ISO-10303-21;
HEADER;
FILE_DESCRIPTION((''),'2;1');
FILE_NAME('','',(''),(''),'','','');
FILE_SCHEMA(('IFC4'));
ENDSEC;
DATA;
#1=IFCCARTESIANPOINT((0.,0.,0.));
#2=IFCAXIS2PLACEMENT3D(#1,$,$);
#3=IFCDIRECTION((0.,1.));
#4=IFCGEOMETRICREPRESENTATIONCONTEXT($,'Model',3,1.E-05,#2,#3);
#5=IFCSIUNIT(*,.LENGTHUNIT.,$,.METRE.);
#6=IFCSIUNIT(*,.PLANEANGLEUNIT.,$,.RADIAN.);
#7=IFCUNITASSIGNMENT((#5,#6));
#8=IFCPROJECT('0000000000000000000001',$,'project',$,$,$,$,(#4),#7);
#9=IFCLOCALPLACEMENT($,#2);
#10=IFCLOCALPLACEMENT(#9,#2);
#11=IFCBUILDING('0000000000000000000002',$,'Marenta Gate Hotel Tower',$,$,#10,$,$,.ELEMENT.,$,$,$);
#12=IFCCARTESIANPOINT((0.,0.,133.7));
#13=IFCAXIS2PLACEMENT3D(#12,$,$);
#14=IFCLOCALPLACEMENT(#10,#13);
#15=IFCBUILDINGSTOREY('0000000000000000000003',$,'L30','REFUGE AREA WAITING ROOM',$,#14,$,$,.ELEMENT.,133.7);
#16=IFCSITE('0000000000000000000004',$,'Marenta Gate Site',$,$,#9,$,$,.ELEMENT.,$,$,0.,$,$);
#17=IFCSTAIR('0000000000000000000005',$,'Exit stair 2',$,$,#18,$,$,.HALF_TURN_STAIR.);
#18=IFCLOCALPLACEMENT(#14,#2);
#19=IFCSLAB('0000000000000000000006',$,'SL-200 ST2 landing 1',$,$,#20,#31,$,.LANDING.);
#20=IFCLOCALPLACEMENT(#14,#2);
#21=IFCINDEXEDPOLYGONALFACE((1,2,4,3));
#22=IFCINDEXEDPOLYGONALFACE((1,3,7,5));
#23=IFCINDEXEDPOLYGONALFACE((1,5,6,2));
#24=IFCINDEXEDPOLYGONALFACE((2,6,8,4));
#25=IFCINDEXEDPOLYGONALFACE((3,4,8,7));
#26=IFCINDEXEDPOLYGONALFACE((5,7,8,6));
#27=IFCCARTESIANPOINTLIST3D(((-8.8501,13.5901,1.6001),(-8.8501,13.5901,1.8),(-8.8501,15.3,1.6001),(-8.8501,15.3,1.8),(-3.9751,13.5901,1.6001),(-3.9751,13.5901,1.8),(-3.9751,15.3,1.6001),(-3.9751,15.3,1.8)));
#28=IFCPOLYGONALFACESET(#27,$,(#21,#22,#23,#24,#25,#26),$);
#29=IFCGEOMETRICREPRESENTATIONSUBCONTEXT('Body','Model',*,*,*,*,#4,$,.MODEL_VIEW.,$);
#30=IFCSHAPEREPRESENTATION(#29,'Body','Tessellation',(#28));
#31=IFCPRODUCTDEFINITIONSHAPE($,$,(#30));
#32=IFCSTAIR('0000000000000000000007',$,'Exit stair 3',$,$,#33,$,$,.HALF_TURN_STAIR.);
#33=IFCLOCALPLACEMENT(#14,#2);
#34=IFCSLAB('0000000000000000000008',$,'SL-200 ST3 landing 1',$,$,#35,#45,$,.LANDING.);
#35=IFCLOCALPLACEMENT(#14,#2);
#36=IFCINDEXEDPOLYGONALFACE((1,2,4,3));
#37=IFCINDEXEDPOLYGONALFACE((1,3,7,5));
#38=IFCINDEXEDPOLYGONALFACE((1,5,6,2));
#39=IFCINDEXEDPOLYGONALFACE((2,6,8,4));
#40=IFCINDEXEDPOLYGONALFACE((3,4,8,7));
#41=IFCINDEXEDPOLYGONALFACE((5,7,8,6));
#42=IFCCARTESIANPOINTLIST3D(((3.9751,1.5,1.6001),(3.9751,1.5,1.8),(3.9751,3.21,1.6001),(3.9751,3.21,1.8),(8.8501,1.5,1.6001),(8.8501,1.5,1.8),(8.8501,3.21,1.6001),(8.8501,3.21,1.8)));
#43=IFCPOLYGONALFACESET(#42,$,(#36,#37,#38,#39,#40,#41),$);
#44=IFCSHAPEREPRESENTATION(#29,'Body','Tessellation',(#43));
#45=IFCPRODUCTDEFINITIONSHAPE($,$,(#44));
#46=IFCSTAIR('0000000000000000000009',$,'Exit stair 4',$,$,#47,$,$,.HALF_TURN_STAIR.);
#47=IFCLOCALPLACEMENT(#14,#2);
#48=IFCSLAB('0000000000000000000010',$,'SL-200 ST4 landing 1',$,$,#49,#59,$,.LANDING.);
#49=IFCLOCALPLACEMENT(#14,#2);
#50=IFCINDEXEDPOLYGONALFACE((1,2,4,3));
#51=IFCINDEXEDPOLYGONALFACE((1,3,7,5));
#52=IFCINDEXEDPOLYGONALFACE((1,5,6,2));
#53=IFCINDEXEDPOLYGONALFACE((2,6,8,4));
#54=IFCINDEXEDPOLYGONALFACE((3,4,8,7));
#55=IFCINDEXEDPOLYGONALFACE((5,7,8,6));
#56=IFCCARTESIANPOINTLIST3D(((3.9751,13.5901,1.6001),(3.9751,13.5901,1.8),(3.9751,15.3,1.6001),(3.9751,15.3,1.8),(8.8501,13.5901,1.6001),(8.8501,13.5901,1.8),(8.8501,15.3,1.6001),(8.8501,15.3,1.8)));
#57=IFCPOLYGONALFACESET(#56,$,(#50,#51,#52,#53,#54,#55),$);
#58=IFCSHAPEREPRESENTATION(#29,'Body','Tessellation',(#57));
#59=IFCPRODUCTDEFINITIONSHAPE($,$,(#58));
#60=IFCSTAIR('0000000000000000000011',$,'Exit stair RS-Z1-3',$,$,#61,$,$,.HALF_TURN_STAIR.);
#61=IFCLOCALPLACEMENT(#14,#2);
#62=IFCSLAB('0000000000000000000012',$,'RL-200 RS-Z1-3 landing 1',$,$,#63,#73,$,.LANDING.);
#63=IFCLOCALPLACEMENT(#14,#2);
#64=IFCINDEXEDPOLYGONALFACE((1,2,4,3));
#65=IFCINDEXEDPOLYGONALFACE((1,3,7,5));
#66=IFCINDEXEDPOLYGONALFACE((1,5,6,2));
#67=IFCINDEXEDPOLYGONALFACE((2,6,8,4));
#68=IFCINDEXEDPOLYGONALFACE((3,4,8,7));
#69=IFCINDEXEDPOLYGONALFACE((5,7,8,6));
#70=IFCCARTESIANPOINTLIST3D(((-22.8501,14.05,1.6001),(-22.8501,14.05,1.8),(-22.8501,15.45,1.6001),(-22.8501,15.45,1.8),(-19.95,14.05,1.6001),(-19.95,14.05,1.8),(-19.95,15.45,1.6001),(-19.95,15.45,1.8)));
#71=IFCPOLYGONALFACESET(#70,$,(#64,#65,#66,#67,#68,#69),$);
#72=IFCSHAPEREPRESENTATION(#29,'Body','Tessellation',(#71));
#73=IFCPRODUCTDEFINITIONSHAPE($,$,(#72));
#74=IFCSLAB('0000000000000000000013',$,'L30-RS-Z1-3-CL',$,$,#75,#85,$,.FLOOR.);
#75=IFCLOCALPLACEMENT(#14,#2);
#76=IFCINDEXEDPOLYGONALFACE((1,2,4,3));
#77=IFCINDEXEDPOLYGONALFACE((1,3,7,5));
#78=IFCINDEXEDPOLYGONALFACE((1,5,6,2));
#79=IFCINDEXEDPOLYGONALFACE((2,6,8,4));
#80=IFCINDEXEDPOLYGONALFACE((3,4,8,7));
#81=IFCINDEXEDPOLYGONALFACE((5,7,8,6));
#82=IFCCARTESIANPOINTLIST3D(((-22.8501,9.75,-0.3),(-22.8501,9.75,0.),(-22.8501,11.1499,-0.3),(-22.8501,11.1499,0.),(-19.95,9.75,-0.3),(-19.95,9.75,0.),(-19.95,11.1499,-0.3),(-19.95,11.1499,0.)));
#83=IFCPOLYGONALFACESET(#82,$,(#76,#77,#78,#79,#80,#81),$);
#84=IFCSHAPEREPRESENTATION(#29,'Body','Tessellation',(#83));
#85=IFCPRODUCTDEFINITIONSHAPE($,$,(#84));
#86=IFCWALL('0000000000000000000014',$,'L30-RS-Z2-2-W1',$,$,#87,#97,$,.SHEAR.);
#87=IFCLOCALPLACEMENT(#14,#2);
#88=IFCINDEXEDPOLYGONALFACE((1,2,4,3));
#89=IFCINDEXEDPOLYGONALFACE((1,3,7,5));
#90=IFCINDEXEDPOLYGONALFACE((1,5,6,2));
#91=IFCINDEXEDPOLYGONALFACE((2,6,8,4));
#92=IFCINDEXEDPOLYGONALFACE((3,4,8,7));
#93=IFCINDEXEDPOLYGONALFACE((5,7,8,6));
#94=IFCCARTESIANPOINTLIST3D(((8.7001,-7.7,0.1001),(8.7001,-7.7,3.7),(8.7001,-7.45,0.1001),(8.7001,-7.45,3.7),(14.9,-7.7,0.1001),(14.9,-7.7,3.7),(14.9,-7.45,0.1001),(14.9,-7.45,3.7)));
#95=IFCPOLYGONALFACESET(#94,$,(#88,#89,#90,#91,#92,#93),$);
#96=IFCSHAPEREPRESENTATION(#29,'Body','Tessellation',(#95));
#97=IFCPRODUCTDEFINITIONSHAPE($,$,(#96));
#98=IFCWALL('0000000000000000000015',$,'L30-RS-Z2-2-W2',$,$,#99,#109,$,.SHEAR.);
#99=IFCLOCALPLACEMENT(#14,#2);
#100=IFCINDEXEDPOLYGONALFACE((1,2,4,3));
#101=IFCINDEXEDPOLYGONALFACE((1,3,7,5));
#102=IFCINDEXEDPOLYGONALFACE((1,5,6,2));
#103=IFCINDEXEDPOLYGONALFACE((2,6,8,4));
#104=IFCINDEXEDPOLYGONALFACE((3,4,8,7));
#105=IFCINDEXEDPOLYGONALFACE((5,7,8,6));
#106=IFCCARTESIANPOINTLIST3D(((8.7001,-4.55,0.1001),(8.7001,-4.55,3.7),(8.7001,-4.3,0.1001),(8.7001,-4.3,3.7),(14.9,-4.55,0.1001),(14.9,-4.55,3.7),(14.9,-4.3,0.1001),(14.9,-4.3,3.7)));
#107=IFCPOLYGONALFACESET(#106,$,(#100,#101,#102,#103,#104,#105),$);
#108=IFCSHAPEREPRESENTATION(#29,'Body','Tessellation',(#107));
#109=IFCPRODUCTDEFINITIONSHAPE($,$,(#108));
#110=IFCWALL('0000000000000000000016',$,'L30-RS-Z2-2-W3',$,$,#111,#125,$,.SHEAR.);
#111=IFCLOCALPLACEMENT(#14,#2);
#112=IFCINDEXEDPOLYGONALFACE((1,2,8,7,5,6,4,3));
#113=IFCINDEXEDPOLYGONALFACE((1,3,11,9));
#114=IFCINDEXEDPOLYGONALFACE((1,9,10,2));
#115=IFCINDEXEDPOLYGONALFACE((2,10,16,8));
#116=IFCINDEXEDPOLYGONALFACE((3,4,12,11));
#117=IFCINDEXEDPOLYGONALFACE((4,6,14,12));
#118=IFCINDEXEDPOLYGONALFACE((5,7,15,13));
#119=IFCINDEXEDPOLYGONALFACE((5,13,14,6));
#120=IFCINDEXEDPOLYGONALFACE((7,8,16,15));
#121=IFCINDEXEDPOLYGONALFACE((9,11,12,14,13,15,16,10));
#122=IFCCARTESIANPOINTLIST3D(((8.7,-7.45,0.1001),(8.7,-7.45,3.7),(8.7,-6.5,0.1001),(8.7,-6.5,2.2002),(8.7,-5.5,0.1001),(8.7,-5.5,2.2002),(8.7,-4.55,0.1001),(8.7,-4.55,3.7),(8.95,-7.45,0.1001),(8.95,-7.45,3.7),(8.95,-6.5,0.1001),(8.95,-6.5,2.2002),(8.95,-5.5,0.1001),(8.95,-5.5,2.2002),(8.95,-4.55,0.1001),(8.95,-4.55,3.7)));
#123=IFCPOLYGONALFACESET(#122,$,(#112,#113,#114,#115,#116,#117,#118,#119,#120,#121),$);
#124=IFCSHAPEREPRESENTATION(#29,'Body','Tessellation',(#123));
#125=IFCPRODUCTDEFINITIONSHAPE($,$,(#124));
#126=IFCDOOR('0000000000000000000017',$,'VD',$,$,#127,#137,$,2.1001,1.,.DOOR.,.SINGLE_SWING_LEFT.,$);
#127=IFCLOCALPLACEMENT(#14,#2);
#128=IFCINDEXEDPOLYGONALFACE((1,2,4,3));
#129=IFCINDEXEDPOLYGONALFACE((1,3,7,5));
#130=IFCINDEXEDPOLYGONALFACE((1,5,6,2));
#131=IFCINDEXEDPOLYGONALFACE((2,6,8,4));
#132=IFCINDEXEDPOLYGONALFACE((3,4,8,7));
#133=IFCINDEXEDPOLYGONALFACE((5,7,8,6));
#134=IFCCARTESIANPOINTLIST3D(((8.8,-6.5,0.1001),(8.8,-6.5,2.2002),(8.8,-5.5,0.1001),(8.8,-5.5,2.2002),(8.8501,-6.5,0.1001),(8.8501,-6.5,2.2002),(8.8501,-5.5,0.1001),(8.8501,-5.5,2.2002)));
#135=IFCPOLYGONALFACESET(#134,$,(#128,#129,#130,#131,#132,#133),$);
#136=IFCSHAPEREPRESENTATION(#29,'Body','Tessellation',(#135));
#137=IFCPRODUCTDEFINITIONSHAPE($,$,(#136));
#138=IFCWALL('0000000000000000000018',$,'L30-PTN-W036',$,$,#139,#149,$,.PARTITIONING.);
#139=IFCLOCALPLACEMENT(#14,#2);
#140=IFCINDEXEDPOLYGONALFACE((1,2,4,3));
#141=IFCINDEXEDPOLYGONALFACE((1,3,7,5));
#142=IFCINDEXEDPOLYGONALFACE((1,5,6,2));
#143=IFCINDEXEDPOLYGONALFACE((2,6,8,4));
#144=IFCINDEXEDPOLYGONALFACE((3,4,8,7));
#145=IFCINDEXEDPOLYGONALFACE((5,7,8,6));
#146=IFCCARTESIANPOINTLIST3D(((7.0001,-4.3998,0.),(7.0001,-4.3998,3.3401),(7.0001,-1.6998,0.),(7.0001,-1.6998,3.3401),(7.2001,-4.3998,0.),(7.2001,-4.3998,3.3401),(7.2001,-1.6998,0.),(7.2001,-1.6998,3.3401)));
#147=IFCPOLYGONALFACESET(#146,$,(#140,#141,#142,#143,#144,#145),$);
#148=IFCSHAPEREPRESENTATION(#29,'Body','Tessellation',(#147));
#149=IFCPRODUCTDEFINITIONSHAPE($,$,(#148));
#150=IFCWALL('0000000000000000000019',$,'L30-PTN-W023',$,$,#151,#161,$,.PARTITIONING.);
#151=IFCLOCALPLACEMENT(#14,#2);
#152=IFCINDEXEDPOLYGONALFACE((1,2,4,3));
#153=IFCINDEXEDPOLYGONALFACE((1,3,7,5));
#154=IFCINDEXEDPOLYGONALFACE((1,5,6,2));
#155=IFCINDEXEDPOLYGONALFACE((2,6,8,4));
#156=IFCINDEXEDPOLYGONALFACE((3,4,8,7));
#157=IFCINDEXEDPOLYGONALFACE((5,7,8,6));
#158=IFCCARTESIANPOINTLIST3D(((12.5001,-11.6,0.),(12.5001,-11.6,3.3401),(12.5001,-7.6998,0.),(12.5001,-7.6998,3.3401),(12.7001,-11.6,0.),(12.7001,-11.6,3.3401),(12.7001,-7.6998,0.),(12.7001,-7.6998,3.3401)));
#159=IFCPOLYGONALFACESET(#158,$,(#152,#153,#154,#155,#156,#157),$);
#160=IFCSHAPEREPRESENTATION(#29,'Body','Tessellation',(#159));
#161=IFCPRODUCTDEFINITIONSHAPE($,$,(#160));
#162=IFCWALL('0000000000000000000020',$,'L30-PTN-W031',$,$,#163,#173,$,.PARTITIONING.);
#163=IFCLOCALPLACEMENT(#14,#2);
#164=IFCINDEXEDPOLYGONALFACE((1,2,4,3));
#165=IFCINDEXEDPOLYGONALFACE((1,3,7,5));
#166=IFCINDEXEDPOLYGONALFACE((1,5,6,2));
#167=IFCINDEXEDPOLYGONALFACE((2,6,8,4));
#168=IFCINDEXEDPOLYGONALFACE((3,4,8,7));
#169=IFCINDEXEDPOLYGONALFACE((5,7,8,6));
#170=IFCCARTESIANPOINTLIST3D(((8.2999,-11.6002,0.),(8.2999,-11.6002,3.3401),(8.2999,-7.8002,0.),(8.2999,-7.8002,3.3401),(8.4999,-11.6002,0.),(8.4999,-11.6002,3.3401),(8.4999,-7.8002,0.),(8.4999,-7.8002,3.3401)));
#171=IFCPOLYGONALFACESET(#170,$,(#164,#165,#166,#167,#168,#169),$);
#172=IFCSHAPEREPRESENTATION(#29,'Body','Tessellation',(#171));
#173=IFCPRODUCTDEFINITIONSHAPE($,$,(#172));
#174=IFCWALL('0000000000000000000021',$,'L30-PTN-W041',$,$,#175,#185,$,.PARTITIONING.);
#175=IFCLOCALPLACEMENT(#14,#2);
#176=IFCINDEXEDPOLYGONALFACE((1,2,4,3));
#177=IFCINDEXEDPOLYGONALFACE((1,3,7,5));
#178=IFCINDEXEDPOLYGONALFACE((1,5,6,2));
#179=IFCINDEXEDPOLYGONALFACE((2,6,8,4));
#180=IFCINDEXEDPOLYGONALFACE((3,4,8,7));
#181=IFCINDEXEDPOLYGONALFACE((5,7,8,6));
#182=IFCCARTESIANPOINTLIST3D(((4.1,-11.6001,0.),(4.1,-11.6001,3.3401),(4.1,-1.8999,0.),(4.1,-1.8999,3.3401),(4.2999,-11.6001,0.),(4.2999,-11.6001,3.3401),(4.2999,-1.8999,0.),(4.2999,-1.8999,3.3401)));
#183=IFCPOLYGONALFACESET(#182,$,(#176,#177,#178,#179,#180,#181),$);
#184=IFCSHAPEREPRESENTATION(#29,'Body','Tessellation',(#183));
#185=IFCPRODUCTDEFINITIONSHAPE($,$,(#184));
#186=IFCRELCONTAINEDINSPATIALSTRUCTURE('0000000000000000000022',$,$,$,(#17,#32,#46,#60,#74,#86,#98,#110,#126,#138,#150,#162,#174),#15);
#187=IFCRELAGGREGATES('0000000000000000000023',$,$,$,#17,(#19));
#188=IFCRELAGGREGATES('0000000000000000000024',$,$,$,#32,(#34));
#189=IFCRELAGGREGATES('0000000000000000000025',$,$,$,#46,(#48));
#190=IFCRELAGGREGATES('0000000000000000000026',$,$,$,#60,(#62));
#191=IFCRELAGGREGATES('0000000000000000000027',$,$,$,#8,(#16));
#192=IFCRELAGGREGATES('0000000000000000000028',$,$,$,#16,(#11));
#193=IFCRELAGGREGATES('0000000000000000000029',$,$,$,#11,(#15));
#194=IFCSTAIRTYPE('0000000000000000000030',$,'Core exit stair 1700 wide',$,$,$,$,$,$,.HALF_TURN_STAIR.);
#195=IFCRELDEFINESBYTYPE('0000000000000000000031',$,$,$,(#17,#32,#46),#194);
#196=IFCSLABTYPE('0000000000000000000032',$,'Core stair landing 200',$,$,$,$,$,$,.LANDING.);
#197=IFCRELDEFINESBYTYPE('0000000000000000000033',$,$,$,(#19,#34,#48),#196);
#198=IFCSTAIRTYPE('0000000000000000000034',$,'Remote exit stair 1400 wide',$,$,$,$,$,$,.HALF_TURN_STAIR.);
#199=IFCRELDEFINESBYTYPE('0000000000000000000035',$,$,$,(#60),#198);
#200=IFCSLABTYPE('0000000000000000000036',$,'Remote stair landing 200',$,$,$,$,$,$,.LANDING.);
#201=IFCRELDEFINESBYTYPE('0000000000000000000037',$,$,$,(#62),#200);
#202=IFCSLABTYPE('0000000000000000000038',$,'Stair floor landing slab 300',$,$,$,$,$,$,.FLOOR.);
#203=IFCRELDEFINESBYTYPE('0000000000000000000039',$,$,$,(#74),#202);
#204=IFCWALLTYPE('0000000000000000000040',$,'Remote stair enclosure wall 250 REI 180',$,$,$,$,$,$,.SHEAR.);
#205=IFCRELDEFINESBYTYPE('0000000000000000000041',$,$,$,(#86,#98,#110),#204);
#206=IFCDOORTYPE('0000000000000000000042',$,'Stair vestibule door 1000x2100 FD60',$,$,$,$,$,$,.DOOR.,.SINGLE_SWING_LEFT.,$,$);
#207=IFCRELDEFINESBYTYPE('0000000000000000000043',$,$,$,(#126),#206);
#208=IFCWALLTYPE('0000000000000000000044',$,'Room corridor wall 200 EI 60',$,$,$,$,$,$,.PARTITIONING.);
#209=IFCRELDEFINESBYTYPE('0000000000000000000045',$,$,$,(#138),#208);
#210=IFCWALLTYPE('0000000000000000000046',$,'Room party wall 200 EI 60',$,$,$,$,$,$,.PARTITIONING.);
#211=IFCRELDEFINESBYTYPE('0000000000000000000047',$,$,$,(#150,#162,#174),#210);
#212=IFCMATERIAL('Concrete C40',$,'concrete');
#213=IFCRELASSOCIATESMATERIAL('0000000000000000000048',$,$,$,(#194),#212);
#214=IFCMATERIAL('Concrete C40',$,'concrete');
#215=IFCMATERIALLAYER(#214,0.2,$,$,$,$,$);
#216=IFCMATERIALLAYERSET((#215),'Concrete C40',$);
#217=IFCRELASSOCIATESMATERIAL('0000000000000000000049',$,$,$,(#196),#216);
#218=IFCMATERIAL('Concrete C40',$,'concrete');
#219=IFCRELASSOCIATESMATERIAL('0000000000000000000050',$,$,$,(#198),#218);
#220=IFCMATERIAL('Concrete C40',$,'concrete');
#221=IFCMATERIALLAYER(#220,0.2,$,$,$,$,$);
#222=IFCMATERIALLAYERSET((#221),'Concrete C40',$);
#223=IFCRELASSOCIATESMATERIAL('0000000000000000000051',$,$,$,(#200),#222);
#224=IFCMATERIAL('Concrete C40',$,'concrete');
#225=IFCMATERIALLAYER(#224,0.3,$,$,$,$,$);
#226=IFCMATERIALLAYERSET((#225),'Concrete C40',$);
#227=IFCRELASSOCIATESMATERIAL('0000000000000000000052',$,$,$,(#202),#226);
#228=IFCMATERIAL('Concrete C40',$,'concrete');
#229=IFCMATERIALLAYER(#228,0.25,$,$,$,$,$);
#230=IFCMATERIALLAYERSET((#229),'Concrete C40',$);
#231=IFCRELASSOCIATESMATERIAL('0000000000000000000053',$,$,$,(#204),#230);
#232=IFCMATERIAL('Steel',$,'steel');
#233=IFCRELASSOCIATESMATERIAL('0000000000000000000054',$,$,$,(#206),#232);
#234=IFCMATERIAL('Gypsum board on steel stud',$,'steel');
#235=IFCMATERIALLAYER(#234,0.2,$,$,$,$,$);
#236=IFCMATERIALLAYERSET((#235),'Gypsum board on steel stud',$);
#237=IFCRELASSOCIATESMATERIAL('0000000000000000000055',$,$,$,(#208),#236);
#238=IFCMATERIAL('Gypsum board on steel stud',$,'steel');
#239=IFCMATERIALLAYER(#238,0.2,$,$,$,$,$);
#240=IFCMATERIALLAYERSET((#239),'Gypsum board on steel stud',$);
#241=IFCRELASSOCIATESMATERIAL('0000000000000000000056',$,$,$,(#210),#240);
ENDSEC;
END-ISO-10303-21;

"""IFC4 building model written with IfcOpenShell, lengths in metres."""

from ifc_helpers import new_model, si_unit, direction, frame, frame_2d, origin, place, context, subcontext, project, spatial, polyline, rectangle, outline, extrude, material, layer, layer_set, type_object, element, fill, aggregate, save


model = new_model("IFC4")

# Units and contexts
model_context = context("Model", 3, precision=1e-05, world=origin(), true_north=direction((0.0, 1.0)))
body_context = subcontext(model_context, "Body", "Model", "MODEL_VIEW")
ifc_project = project(units=[si_unit("LENGTHUNIT", "METRE"), si_unit("PLANEANGLEUNIT", "RADIAN")], contexts=[model_context])

# Site, building, storey
site_placement = place(None, origin())
site = spatial("IfcSite", under=ifc_project, at=site_placement, Name="Marenta Gate Site", CompositionType="ELEMENT", RefElevation=0.0)
building_placement = place(site_placement, origin())
building = spatial("IfcBuilding", under=site, at=building_placement, Name="Marenta Gate Hotel Tower", CompositionType="ELEMENT")
storey_placement = place(building_placement, frame((0.0, 0.0, 133.7)))
storey = spatial("IfcBuildingStorey", under=building, at=storey_placement, Name="L30", Description="REFUGE AREA WAITING ROOM", CompositionType="ELEMENT", Elevation=133.7)

# Stairs, slabs
ifc_material_1 = material(Name="Concrete C40", Category="concrete")
stair_type_1 = type_object("IfcStairType", Name="Core exit stair 1700 wide", PredefinedType="HALF_TURN_STAIR", material=ifc_material_1)
ifc_material_2 = material(Name="Concrete C40", Category="concrete")
ifc_layer_1 = layer(ifc_material_2, 0.2)
ifc_layer_set_1 = layer_set([ifc_layer_1], Name="Concrete C40")
slab_type_1 = type_object("IfcSlabType", Name="Core stair landing 200", PredefinedType="LANDING", material=ifc_layer_set_1)
stair_1_placement = place(storey_placement, origin())
stair_1 = element("IfcStair", 1, at=stair_1_placement, inside=storey, type_object=stair_type_1, Name="Exit stair 2", PredefinedType="HALF_TURN_STAIR")
slab_1_placement = place(storey_placement, frame((0.0, 0.0, 1.6001)))
slab_1 = element("IfcSlab", 2, at=slab_1_placement, type_object=slab_type_1, Name="SL-200 ST2 landing 1", PredefinedType="LANDING", context=body_context, shape_type="SweptSolid", body=[
    extrude(outline(polyline([(-8.8501, 13.5901), (-3.9751, 13.5901), (-3.9751, 15.3), (-8.8501, 15.3), (-8.8501, 13.5901)])), origin(), (0.0, 0.0, 1.0), 0.2),
])
aggregate(stair_1, [slab_1])
stair_2_placement = place(storey_placement, origin())
stair_2 = element("IfcStair", 3, at=stair_2_placement, inside=storey, type_object=stair_type_1, Name="Exit stair 3", PredefinedType="HALF_TURN_STAIR")
slab_2_placement = place(storey_placement, frame((0.0, 0.0, 1.6001)))
slab_2 = element("IfcSlab", 4, at=slab_2_placement, type_object=slab_type_1, Name="SL-200 ST3 landing 1", PredefinedType="LANDING", context=body_context, shape_type="SweptSolid", body=[
    extrude(outline(polyline([(3.9751, 1.5), (8.8501, 1.5), (8.8501, 3.21), (3.9751, 3.21), (3.9751, 1.5)])), origin(), (0.0, 0.0, 1.0), 0.2),
])
aggregate(stair_2, [slab_2])
stair_3_placement = place(storey_placement, origin())
stair_3 = element("IfcStair", 5, at=stair_3_placement, inside=storey, type_object=stair_type_1, Name="Exit stair 4", PredefinedType="HALF_TURN_STAIR")
slab_3_placement = place(storey_placement, frame((0.0, 0.0, 1.6001)))
slab_3 = element("IfcSlab", 6, at=slab_3_placement, type_object=slab_type_1, Name="SL-200 ST4 landing 1", PredefinedType="LANDING", context=body_context, shape_type="SweptSolid", body=[
    extrude(outline(polyline([(3.9751, 13.5901), (8.8501, 13.5901), (8.8501, 15.3), (3.9751, 15.3), (3.9751, 13.5901)])), origin(), (0.0, 0.0, 1.0), 0.2),
])
aggregate(stair_3, [slab_3])
ifc_material_3 = material(Name="Concrete C40", Category="concrete")
stair_type_2 = type_object("IfcStairType", Name="Remote exit stair 1400 wide", PredefinedType="HALF_TURN_STAIR", material=ifc_material_3)
stair_4_placement = place(storey_placement, origin())
stair_4 = element("IfcStair", 7, at=stair_4_placement, inside=storey, type_object=stair_type_2, Name="Exit stair RS-Z1-3", PredefinedType="HALF_TURN_STAIR")
ifc_material_4 = material(Name="Concrete C40", Category="concrete")
ifc_layer_2 = layer(ifc_material_4, 0.2)
ifc_layer_set_2 = layer_set([ifc_layer_2], Name="Concrete C40")
slab_type_2 = type_object("IfcSlabType", Name="Remote stair landing 200", PredefinedType="LANDING", material=ifc_layer_set_2)
slab_4_placement = place(storey_placement, frame((0.0, 0.0, 1.6001)))
slab_4 = element("IfcSlab", 8, at=slab_4_placement, type_object=slab_type_2, Name="RL-200 RS-Z1-3 landing 1", PredefinedType="LANDING", context=body_context, shape_type="SweptSolid", body=[
    extrude(outline(polyline([(-22.8501, 14.05), (-19.95, 14.05), (-19.95, 15.45), (-22.8501, 15.45), (-22.8501, 14.05)])), origin(), (0.0, 0.0, 1.0), 0.2),
])
aggregate(stair_4, [slab_4])

# Slab
ifc_material_5 = material(Name="Concrete C40", Category="concrete")
ifc_layer_3 = layer(ifc_material_5, 0.3)
ifc_layer_set_3 = layer_set([ifc_layer_3], Name="Concrete C40")
slab_type_3 = type_object("IfcSlabType", Name="Stair floor landing slab 300", PredefinedType="FLOOR", material=ifc_layer_set_3)
slab_5_placement = place(storey_placement, frame((0.0, 0.0, -0.3)))
element("IfcSlab", 9, at=slab_5_placement, inside=storey, type_object=slab_type_3, Name="L30-RS-Z1-3-CL", PredefinedType="FLOOR", context=body_context, shape_type="SweptSolid", body=[
    extrude(outline(polyline([(-19.95, 9.75), (-19.95, 11.1499), (-22.8501, 11.1499), (-22.8501, 9.75), (-19.95, 9.75)])), origin(), (0.0, 0.0, 1.0), 0.3),
])

# Walls
ifc_material_6 = material(Name="Concrete C40", Category="concrete")
ifc_layer_4 = layer(ifc_material_6, 0.25)
ifc_layer_set_4 = layer_set([ifc_layer_4], Name="Concrete C40")
wall_type_1 = type_object("IfcWallType", Name="Remote stair enclosure wall 250 REI 180", PredefinedType="SHEAR", material=ifc_layer_set_4)
for number, where, z_axis, x_axis, name in (
    (10, (8.7, -7.575, 0.1001), (0.0, 0.0, 1.0), (1.0, 0.0, 0.0), "L30-RS-Z2-2-W1"),
    (11, (8.7, -4.425, 0.1001), (0.0, 0.0, 1.0), (1.0, 0.0, 0.0), "L30-RS-Z2-2-W2"),
):
    element("IfcWall", number, at=place(storey_placement, frame(where, z_axis=z_axis, x_axis=x_axis)), inside=storey, type_object=wall_type_1, Name=name, PredefinedType="SHEAR", context=body_context, shape_type="SweptSolid", body=[
        extrude(rectangle(XDim=6.2, YDim=0.25, at=frame_2d((3.1001, 0.0))), origin(), (0.0, 0.0, 1.0), 3.5999),
    ])

# Wall, opening, door
wall_1_placement = place(storey_placement, frame((8.825, -7.45, 0.1001), z_axis=(0.0, 0.0, 1.0), x_axis=(0.0, 1.0, 0.0)))
wall_1 = element("IfcWall", 12, at=wall_1_placement, inside=storey, type_object=wall_type_1, Name="L30-RS-Z2-2-W3", PredefinedType="SHEAR", context=body_context, shape_type="SweptSolid", body=[
    extrude(rectangle(XDim=2.8999, YDim=0.25, at=frame_2d((1.45, 0.0))), origin(), (0.0, 0.0, 1.0), 3.5999),
])
opening_1_placement = place(wall_1_placement, frame((0.95, 0.0, 0.0)))
opening_1 = element("IfcOpeningElement", 13, at=opening_1_placement, cuts=wall_1, PredefinedType="OPENING", context=body_context, shape_type="SweptSolid", body=[
    extrude(rectangle(XDim=1.0, YDim=2.1001, at=frame_2d((0.5, 1.05))), frame((0.0, 0.125, 0.0), z_axis=(0.0, -1.0, 0.0), x_axis=(1.0, 0.0, 0.0)), (0.0, 0.0, 1.0), 0.25),
])
ifc_material_7 = material(Name="Steel", Category="steel")
door_type_1 = type_object("IfcDoorType", Name="Stair vestibule door 1000x2100 FD60", OperationType="SINGLE_SWING_LEFT", PredefinedType="DOOR", material=ifc_material_7)
door_1_placement = place(opening_1_placement, origin())
door_1 = element("IfcDoor", 14, at=door_1_placement, inside=storey, type_object=door_type_1, Name="VD", OperationType="SINGLE_SWING_LEFT", OverallHeight=2.1001, OverallWidth=1.0, PredefinedType="DOOR", context=body_context, shape_type="SweptSolid", body=[
    extrude(rectangle(XDim=1.0, YDim=2.1001, at=frame_2d((0.5, 1.05))), frame((0.0, 0.0249, 0.0), z_axis=(0.0, -1.0, 0.0), x_axis=(1.0, 0.0, 0.0)), (0.0, 0.0, 1.0), 0.05),
])
fill(opening_1, door_1)
ifc_material_8 = material(Name="Gypsum board on steel stud", Category="steel")
ifc_layer_5 = layer(ifc_material_8, 0.2)
ifc_layer_set_5 = layer_set([ifc_layer_5], Name="Gypsum board on steel stud")
wall_type_2 = type_object("IfcWallType", Name="Room corridor wall 200 EI 60", PredefinedType="PARTITIONING", material=ifc_layer_set_5)

# Wall
wall_2_placement = place(storey_placement, frame((7.1001, -4.3999, 0.0), z_axis=(0.0, 0.0, 1.0), x_axis=(0.0, 1.0, 0.0)))
element("IfcWall", 15, at=wall_2_placement, inside=storey, type_object=wall_type_2, Name="L30-PTN-W036", PredefinedType="PARTITIONING", context=body_context, shape_type="SweptSolid", body=[
    extrude(rectangle(XDim=2.7, YDim=0.2, at=frame_2d((1.3501, 0.0))), origin(), (0.0, 0.0, 1.0), 3.3401),
])

# Walls
ifc_material_9 = material(Name="Gypsum board on steel stud", Category="steel")
ifc_layer_6 = layer(ifc_material_9, 0.2)
ifc_layer_set_6 = layer_set([ifc_layer_6], Name="Gypsum board on steel stud")
wall_type_3 = type_object("IfcWallType", Name="Room party wall 200 EI 60", PredefinedType="PARTITIONING", material=ifc_layer_set_6)
wall_3_placement = place(storey_placement, frame((12.6001, -11.6001, 0.0), z_axis=(0.0, 0.0, 1.0), x_axis=(0.0, 1.0, 0.0)))
element("IfcWall", 16, at=wall_3_placement, inside=storey, type_object=wall_type_3, Name="L30-PTN-W023", PredefinedType="PARTITIONING", context=body_context, shape_type="SweptSolid", body=[
    extrude(rectangle(XDim=3.9001, YDim=0.2, at=frame_2d((1.9502, 0.0))), origin(), (0.0, 0.0, 1.0), 3.3401),
])
wall_4_placement = place(storey_placement, frame((8.3999, -11.6001, 0.0), z_axis=(0.0, 0.0, 1.0), x_axis=(0.0, 1.0, 0.0)))
element("IfcWall", 17, at=wall_4_placement, inside=storey, type_object=wall_type_3, Name="L30-PTN-W031", PredefinedType="PARTITIONING", context=body_context, shape_type="SweptSolid", body=[
    extrude(rectangle(XDim=3.8, YDim=0.2, at=frame_2d((1.8999, 0.0))), origin(), (0.0, 0.0, 1.0), 3.3401),
])
wall_5_placement = place(storey_placement, frame((4.2, -11.6001, 0.0), z_axis=(0.0, 0.0, 1.0), x_axis=(0.0, 1.0, 0.0)))
element("IfcWall", 18, at=wall_5_placement, inside=storey, type_object=wall_type_3, Name="L30-PTN-W041", PredefinedType="PARTITIONING", context=body_context, shape_type="SweptSolid", body=[
    extrude(rectangle(XDim=9.7002, YDim=0.2, at=frame_2d((4.8501, 0.0))), origin(), (0.0, 0.0, 1.0), 3.3401),
])

save(model, "model.ifc")
